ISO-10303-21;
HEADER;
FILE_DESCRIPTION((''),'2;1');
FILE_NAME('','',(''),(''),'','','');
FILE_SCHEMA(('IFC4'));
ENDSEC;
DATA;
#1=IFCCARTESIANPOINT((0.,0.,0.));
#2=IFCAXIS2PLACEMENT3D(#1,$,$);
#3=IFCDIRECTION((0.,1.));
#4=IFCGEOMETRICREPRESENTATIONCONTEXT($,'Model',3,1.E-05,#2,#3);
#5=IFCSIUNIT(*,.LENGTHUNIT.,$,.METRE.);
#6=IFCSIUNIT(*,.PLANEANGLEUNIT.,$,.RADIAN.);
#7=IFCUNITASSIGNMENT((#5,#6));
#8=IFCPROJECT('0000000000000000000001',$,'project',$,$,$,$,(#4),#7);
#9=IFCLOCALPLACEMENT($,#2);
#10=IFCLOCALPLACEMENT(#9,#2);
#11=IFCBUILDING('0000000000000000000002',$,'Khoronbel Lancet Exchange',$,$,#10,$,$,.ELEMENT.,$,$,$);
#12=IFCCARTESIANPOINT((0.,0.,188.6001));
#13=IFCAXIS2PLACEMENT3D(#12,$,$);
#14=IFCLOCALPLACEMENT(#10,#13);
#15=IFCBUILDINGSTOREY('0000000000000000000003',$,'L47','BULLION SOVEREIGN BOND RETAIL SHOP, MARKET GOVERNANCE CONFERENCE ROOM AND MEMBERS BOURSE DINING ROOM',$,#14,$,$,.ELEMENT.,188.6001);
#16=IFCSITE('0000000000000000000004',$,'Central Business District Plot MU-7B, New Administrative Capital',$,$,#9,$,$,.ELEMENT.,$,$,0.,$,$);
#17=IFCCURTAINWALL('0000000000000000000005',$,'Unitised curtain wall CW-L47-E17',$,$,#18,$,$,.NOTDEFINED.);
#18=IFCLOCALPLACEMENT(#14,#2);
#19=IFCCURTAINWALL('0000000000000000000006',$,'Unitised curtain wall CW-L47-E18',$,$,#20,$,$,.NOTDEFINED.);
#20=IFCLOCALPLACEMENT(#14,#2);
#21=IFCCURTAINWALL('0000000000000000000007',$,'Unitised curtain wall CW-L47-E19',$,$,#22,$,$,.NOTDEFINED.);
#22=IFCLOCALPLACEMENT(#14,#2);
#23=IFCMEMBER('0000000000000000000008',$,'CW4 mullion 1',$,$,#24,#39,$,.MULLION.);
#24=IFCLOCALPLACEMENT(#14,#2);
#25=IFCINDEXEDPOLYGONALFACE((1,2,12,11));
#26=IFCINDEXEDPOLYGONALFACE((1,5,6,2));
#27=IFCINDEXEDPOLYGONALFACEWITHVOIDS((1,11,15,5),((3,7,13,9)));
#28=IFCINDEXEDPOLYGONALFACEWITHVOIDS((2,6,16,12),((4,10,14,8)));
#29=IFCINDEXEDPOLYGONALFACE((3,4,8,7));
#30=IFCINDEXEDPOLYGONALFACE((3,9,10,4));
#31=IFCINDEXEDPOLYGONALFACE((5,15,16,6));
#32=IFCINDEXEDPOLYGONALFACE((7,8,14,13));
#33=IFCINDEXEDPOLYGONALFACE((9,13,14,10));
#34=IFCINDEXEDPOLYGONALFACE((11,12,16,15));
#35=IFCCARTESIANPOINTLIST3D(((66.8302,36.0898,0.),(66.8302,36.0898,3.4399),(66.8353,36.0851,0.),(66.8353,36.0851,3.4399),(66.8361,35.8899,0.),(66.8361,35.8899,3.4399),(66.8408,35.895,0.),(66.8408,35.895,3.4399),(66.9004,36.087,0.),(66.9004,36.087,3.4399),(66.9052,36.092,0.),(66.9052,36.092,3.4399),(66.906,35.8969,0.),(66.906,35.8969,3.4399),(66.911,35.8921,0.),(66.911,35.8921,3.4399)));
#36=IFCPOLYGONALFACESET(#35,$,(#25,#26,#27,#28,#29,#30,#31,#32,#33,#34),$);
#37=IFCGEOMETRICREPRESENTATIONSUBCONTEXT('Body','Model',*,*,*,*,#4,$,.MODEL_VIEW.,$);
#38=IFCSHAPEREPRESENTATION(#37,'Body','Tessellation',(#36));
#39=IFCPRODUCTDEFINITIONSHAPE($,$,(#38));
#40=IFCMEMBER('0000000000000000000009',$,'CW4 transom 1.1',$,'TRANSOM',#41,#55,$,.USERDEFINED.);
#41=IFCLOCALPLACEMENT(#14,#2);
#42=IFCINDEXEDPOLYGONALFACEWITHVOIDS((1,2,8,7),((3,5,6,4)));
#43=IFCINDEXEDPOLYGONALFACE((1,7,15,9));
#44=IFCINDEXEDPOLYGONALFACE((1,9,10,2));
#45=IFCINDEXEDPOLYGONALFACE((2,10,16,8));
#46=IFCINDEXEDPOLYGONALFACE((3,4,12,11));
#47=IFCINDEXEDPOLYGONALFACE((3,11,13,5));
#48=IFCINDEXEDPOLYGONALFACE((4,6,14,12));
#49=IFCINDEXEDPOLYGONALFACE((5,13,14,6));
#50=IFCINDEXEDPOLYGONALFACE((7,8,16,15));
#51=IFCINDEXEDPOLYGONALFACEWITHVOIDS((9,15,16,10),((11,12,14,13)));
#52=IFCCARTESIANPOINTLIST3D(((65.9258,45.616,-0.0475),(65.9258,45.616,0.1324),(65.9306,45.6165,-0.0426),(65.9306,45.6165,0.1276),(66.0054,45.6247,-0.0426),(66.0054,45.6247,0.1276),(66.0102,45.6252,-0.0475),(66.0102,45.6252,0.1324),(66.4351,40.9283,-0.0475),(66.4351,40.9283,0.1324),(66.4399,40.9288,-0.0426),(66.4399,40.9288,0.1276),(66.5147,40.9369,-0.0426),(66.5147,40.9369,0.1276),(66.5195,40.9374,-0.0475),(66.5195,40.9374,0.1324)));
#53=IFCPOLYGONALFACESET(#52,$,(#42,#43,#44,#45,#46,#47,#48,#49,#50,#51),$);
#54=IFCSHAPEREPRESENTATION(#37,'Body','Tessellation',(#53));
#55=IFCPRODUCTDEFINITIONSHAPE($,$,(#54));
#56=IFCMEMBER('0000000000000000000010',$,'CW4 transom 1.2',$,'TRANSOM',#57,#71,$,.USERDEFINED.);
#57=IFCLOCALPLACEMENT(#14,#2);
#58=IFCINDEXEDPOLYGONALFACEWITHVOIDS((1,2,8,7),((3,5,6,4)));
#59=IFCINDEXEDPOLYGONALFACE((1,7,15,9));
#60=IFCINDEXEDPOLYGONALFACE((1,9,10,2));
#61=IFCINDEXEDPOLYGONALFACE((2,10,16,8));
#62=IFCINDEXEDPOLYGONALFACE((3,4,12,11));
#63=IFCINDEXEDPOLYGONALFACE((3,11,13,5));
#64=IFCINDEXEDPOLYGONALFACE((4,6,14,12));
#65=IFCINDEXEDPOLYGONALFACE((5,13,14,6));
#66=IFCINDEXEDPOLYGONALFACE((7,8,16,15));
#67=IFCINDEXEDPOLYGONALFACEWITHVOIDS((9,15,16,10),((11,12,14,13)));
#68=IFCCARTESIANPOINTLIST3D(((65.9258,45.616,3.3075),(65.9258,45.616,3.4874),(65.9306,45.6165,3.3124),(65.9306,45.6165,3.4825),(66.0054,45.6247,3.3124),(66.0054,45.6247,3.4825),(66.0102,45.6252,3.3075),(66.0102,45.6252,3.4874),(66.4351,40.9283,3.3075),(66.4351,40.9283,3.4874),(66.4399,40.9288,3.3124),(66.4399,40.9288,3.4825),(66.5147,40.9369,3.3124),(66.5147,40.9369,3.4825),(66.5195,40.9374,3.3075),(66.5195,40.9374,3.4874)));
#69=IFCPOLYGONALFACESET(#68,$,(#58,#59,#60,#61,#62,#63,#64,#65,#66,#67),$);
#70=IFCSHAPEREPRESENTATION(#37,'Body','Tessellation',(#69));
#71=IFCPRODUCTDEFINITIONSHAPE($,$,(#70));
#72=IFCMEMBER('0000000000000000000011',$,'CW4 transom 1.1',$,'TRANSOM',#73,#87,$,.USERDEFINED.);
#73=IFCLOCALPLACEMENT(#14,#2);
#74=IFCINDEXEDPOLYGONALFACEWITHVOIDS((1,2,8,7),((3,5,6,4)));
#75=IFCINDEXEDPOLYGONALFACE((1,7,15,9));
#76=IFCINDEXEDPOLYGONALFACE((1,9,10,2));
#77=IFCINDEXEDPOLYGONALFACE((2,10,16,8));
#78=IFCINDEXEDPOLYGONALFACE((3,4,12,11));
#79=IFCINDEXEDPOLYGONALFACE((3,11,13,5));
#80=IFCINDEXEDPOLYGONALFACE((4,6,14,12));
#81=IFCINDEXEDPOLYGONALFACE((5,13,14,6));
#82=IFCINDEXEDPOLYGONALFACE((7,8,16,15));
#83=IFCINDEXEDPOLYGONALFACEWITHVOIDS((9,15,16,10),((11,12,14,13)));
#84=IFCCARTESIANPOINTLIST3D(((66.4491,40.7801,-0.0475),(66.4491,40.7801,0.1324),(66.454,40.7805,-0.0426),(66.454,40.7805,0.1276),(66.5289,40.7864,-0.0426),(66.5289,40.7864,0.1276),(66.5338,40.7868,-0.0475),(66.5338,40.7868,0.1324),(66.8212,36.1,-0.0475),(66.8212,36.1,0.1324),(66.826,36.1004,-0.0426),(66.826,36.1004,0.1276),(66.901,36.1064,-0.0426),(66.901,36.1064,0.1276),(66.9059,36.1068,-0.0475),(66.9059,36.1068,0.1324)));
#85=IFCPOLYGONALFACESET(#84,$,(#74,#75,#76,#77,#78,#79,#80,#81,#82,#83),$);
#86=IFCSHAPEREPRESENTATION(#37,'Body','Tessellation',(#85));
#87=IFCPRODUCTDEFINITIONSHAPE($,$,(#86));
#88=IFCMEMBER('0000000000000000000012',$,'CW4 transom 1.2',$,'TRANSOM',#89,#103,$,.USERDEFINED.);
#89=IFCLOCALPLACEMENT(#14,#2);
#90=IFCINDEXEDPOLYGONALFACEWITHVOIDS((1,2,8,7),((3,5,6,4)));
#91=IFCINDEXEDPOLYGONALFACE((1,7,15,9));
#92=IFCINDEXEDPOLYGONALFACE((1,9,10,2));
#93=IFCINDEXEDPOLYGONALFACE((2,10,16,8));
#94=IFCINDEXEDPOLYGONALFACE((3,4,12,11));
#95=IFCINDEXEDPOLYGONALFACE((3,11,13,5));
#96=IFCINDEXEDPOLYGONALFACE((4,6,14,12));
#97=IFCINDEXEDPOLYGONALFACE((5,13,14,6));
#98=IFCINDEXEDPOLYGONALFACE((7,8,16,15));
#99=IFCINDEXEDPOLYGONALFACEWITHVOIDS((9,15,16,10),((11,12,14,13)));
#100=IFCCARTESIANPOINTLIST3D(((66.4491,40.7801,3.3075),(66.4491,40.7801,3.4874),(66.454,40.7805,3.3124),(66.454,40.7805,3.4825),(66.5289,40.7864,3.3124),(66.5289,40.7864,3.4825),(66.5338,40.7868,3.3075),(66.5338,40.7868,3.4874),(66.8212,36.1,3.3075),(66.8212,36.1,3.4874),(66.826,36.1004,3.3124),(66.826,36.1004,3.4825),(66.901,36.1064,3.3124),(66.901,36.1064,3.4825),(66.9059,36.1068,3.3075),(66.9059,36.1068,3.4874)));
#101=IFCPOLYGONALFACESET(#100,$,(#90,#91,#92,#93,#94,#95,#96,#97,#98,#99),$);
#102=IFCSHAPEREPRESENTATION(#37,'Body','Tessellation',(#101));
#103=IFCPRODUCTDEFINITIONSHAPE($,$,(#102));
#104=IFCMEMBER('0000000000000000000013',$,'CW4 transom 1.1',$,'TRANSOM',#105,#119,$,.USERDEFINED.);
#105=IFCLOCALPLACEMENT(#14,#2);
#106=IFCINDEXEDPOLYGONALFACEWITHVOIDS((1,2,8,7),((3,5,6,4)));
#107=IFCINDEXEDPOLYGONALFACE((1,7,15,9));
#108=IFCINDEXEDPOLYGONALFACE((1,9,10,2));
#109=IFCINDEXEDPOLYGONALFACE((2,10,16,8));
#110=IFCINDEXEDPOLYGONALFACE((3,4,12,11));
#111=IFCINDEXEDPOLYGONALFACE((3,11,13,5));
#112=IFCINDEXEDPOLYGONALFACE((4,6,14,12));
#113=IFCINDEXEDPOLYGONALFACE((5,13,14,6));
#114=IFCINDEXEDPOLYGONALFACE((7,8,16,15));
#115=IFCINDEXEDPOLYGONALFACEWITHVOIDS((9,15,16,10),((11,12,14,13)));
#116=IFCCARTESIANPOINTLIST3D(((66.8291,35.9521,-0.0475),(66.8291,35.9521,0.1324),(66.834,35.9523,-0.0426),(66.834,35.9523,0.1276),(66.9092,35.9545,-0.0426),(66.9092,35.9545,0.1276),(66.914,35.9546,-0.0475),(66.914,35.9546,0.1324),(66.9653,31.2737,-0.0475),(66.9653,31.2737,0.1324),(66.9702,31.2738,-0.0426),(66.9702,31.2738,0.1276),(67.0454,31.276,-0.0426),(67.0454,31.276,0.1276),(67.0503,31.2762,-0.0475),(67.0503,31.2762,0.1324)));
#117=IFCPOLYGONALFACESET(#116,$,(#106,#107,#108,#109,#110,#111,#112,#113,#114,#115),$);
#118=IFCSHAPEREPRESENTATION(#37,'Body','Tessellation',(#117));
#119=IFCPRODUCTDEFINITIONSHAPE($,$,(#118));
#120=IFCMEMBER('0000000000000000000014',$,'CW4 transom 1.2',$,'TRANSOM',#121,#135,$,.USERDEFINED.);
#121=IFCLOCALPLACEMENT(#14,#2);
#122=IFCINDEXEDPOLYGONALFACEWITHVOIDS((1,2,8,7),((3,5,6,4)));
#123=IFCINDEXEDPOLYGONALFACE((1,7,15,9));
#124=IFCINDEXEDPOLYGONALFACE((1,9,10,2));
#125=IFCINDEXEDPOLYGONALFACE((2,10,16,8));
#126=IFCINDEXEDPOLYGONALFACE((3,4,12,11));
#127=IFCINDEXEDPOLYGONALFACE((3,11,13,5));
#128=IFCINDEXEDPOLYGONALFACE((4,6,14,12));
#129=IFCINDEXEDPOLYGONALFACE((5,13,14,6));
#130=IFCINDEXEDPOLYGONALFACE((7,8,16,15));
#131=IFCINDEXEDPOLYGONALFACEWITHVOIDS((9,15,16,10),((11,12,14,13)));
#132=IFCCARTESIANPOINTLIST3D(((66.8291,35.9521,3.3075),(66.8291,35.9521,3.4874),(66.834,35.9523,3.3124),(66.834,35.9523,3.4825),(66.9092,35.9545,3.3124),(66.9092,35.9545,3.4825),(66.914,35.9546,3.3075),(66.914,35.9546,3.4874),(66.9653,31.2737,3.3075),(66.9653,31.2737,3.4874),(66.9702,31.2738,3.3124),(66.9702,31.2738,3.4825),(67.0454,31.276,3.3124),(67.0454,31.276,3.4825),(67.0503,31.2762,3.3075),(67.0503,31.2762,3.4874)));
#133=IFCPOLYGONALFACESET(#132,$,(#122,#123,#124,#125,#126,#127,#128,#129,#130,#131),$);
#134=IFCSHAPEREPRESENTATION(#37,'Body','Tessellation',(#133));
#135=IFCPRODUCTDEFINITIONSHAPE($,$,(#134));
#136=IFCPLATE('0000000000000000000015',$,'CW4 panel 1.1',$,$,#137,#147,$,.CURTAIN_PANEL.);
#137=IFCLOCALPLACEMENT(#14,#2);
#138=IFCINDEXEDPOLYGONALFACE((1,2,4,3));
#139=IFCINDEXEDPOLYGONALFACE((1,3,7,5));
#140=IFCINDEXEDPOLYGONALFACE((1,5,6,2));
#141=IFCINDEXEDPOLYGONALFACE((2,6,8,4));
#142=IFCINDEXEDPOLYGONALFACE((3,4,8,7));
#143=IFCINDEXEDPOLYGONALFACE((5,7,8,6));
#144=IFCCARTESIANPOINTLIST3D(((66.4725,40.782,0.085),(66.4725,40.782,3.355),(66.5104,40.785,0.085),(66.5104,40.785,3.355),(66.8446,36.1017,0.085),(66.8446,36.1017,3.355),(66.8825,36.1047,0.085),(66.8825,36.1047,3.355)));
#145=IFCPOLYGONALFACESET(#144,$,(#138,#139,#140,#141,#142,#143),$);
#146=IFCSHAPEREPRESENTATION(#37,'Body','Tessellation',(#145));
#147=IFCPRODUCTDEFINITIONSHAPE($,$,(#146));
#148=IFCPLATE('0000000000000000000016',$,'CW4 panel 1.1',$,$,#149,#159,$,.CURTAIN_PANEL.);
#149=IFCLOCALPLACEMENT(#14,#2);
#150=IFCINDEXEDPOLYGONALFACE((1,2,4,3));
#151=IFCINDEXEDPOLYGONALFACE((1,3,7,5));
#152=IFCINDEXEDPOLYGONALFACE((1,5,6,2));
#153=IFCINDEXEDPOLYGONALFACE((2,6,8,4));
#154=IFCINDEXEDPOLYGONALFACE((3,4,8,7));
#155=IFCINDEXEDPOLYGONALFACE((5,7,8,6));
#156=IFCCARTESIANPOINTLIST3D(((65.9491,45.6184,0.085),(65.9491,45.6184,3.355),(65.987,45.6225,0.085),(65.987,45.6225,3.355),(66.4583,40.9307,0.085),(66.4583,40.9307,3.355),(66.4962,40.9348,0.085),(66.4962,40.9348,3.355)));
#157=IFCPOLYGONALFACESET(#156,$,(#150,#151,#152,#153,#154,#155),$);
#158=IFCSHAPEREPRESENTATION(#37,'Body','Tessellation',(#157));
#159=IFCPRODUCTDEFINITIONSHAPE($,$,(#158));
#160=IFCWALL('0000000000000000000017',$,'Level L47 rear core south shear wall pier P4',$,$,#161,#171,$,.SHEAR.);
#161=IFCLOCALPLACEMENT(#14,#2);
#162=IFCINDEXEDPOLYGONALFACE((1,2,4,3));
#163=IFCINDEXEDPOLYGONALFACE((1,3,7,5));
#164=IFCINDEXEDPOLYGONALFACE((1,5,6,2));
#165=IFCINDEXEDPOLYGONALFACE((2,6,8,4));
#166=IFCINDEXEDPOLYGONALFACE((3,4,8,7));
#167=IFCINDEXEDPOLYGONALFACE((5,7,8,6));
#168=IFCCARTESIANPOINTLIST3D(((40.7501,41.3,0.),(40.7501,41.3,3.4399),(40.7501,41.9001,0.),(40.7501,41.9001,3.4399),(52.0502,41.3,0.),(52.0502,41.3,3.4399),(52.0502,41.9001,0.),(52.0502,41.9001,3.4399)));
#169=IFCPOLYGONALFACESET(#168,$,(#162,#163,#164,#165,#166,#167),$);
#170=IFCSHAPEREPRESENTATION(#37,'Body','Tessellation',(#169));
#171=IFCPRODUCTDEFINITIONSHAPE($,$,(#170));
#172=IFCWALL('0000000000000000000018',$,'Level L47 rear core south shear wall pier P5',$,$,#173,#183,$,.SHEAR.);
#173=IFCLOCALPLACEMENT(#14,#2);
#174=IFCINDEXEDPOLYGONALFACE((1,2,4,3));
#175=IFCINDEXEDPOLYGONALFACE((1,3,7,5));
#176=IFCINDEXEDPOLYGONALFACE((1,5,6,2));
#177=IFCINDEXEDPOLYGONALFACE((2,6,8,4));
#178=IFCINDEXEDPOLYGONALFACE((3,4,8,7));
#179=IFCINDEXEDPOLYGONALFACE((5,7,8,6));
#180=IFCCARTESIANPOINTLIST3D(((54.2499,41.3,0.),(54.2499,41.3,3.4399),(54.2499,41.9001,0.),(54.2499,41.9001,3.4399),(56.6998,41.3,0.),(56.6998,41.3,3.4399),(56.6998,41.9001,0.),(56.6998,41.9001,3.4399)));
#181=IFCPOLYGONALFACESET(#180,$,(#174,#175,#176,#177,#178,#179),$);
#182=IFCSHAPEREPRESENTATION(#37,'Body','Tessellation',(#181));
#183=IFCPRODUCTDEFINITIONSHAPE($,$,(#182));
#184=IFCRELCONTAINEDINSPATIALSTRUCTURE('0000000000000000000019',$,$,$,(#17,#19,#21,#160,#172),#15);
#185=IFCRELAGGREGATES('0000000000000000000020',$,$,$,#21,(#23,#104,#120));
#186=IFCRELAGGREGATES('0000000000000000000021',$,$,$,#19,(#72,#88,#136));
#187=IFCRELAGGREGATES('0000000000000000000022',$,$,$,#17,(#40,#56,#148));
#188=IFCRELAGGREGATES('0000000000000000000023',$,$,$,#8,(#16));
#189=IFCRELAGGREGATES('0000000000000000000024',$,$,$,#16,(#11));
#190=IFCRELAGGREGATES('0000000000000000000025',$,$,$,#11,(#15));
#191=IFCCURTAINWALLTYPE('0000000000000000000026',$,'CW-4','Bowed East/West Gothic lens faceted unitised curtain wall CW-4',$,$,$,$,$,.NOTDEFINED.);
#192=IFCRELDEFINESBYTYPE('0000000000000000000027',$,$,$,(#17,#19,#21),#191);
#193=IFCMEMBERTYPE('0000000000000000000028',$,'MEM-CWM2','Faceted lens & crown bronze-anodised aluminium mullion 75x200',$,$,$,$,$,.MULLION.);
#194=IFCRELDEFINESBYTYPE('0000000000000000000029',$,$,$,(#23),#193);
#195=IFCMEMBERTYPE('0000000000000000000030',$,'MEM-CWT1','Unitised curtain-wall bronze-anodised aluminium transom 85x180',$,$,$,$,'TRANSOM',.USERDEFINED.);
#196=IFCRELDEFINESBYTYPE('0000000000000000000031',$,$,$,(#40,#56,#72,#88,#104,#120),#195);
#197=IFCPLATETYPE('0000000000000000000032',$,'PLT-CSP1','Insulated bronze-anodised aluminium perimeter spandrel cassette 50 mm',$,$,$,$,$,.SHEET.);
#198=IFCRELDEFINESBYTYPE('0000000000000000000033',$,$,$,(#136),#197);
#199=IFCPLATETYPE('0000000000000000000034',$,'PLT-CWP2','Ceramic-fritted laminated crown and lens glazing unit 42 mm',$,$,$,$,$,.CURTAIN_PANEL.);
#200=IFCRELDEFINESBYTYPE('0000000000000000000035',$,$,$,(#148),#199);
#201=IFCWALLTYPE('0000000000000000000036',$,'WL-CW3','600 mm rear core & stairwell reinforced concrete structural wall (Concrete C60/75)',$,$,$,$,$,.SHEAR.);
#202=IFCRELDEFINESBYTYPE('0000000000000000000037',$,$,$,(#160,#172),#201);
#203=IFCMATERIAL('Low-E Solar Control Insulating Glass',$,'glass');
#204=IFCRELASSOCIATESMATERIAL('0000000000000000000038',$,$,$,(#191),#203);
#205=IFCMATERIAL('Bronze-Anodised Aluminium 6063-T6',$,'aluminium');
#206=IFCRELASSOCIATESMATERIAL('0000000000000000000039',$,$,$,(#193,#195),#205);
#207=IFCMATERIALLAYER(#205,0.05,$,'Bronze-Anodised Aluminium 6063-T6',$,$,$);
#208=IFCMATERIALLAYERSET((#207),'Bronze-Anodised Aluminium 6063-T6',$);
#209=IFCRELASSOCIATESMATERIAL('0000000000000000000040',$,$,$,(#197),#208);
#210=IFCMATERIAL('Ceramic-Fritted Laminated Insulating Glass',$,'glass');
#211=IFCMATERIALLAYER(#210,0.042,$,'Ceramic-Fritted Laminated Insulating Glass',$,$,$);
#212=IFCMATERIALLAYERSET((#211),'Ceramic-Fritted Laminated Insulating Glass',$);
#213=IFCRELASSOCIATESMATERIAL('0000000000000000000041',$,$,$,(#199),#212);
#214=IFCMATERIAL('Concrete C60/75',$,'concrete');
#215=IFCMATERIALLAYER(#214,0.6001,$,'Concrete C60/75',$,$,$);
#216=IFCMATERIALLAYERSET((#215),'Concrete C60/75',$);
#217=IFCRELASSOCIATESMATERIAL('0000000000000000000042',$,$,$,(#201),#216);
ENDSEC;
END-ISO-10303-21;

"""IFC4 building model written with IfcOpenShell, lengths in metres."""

from ifc_helpers import new_model, si_unit, direction, frame, frame_2d, origin, origin_2d, place, context, subcontext, project, spatial, rectangle, hollow_rectangle, extrude, material, layer, layer_set, material_profile, profile_set, type_object, element, aggregate, save


model = new_model("IFC4")

# Units and contexts
model_context = context("Model", 3, precision=1e-05, world=origin(), true_north=direction((0.0, 1.0)))
body_context = subcontext(model_context, "Body", "Model", "MODEL_VIEW")
ifc_project = project(units=[si_unit("LENGTHUNIT", "METRE"), si_unit("PLANEANGLEUNIT", "RADIAN")], contexts=[model_context])

# Site, building, storey
site_placement = place(None, origin())
site = spatial("IfcSite", under=ifc_project, at=site_placement, Name="Central Business District Plot MU-7B, New Administrative Capital", CompositionType="ELEMENT", RefElevation=0.0)
building_placement = place(site_placement, origin())
building = spatial("IfcBuilding", under=site, at=building_placement, Name="Khoronbel Lancet Exchange", CompositionType="ELEMENT")
storey_placement = place(building_placement, frame((0.0, 0.0, 188.6001)))
storey = spatial("IfcBuildingStorey", under=building, at=storey_placement, Name="L47", Description="BULLION SOVEREIGN BOND RETAIL SHOP, MARKET GOVERNANCE CONFERENCE ROOM AND MEMBERS BOURSE DINING ROOM", CompositionType="ELEMENT", Elevation=188.6001)

# Shared definitions
ifc_material_1 = material(Name="Concrete C60/75", Category="concrete")

# Curtain walls
ifc_material_2 = material(Name="Low-E Solar Control Insulating Glass", Category="glass")
curtain_wall_type = type_object("IfcCurtainWallType", Name="CW-4", Description="Bowed East/West Gothic lens faceted unitised curtain wall CW-4", PredefinedType="NOTDEFINED", material=ifc_material_2)
curtain_wall_1_placement = place(storey_placement, origin())
curtain_wall_1 = element("IfcCurtainWall", 1, at=curtain_wall_1_placement, inside=storey, type_object=curtain_wall_type, Name="Unitised curtain wall CW-L47-E17", PredefinedType="NOTDEFINED")
ifc_material_3 = material(Name="Bronze-Anodised Aluminium 6063-T6", Category="aluminium")
ifc_material_profile_1 = material_profile(ifc_material_3, hollow_rectangle(XDim=0.075, YDim=0.2, WallThickness=0.0049, at=origin_2d()), Name="ALU MULLION 75x200")
ifc_profile_set_1 = profile_set([ifc_material_profile_1], Name="Bronze-Anodised Aluminium 6063-T6")
member_type_1 = type_object("IfcMemberType", Name="MEM-CWM2", Description="Faceted lens & crown bronze-anodised aluminium mullion 75x200", PredefinedType="MULLION", material=ifc_profile_set_1)
curtain_wall_2_placement = place(storey_placement, origin())
curtain_wall_2 = element("IfcCurtainWall", 2, at=curtain_wall_2_placement, inside=storey, type_object=curtain_wall_type, Name="Unitised curtain wall CW-L47-E18", PredefinedType="NOTDEFINED")

# Curtain wall, member
curtain_wall_3_placement = place(storey_placement, origin())
curtain_wall_3 = element("IfcCurtainWall", 3, at=curtain_wall_3_placement, inside=storey, type_object=curtain_wall_type, Name="Unitised curtain wall CW-L47-E19", PredefinedType="NOTDEFINED")
member_1_placement = place(storey_placement, frame((66.8706, 35.991, 0.0), z_axis=(0.0, 0.0, 1.0), x_axis=(0.999576, 0.029107, 0.0)))
member_1 = element("IfcMember", 4, at=member_1_placement, type_object=member_type_1, Name="CW4 mullion 1", PredefinedType="MULLION", context=body_context, shape_type="SweptSolid", body=[
    extrude(hollow_rectangle(XDim=0.075, YDim=0.2, WallThickness=0.0049, at=origin_2d()), origin(), (0.0, 0.0, 1.0), 3.4399),
])

# Members
ifc_material_profile_2 = material_profile(ifc_material_3, hollow_rectangle(XDim=0.085, YDim=0.1799, WallThickness=0.0049, at=origin_2d()), Name="ALU TRANSOM 85x180")
ifc_profile_set_2 = profile_set([ifc_material_profile_2], Name="Bronze-Anodised Aluminium 6063-T6")
member_type_2 = type_object("IfcMemberType", Name="MEM-CWT1", Description="Unitised curtain-wall bronze-anodised aluminium transom 85x180", ElementType="TRANSOM", PredefinedType="USERDEFINED", material=ifc_profile_set_2)
member_2_placement = place(storey_placement, frame((65.968, 45.6206, 0.0425), z_axis=(0.108005, -0.99415, 0.0), x_axis=(0.99415, 0.108005, 0.0)))
member_2 = element("IfcMember", 5, at=member_2_placement, type_object=member_type_2, Name="CW4 transom 1.1", ObjectType="TRANSOM", PredefinedType="USERDEFINED", context=body_context, shape_type="SweptSolid", body=[
    extrude(hollow_rectangle(XDim=0.085, YDim=0.1799, WallThickness=0.0049, at=origin_2d()), origin(), (0.0, 0.0, 1.0), 4.7153),
])
member_3_placement = place(storey_placement, frame((65.968, 45.6206, 3.3975), z_axis=(0.108005, -0.99415, 0.0), x_axis=(0.99415, 0.108005, 0.0)))
member_3 = element("IfcMember", 6, at=member_3_placement, type_object=member_type_2, Name="CW4 transom 1.2", ObjectType="TRANSOM", PredefinedType="USERDEFINED", context=body_context, shape_type="SweptSolid", body=[
    extrude(hollow_rectangle(XDim=0.085, YDim=0.1799, WallThickness=0.0049, at=origin_2d()), origin(), (0.0, 0.0, 1.0), 4.7153),
])
member_4_placement = place(storey_placement, frame((66.4915, 40.7834, 0.0425), z_axis=(0.079249, -0.996855, 0.0), x_axis=(0.996855, 0.079249, 0.0)))
member_4 = element("IfcMember", 7, at=member_4_placement, type_object=member_type_2, Name="CW4 transom 1.1", ObjectType="TRANSOM", PredefinedType="USERDEFINED", context=body_context, shape_type="SweptSolid", body=[
    extrude(hollow_rectangle(XDim=0.085, YDim=0.1799, WallThickness=0.0049, at=origin_2d()), origin(), (0.0, 0.0, 1.0), 4.6948),
])
member_5_placement = place(storey_placement, frame((66.4915, 40.7834, 3.3975), z_axis=(0.079249, -0.996855, 0.0), x_axis=(0.996855, 0.079249, 0.0)))
member_5 = element("IfcMember", 8, at=member_5_placement, type_object=member_type_2, Name="CW4 transom 1.2", ObjectType="TRANSOM", PredefinedType="USERDEFINED", context=body_context, shape_type="SweptSolid", body=[
    extrude(hollow_rectangle(XDim=0.085, YDim=0.1799, WallThickness=0.0049, at=origin_2d()), origin(), (0.0, 0.0, 1.0), 4.6948),
])
member_6_placement = place(storey_placement, frame((66.8716, 35.9534, 0.0425), z_axis=(0.029106, -0.999576, 0.0), x_axis=(0.999576, 0.029106, 0.0)))
member_6 = element("IfcMember", 9, at=member_6_placement, type_object=member_type_2, Name="CW4 transom 1.1", ObjectType="TRANSOM", PredefinedType="USERDEFINED", context=body_context, shape_type="SweptSolid", body=[
    extrude(hollow_rectangle(XDim=0.085, YDim=0.1799, WallThickness=0.0049, at=origin_2d()), origin(), (0.0, 0.0, 1.0), 4.6804),
])
member_7_placement = place(storey_placement, frame((66.8716, 35.9534, 3.3975), z_axis=(0.029106, -0.999576, 0.0), x_axis=(0.999576, 0.029106, 0.0)))
member_7 = element("IfcMember", 10, at=member_7_placement, type_object=member_type_2, Name="CW4 transom 1.2", ObjectType="TRANSOM", PredefinedType="USERDEFINED", context=body_context, shape_type="SweptSolid", body=[
    extrude(hollow_rectangle(XDim=0.085, YDim=0.1799, WallThickness=0.0049, at=origin_2d()), origin(), (0.0, 0.0, 1.0), 4.6804),
])
aggregate(curtain_wall_3, [member_1, member_6, member_7])

# Plates
ifc_layer_1 = layer(ifc_material_3, 0.05, Name="Bronze-Anodised Aluminium 6063-T6")
ifc_layer_set_1 = layer_set([ifc_layer_1], Name="Bronze-Anodised Aluminium 6063-T6")
plate_type_1 = type_object("IfcPlateType", Name="PLT-CSP1", Description="Insulated bronze-anodised aluminium perimeter spandrel cassette 50 mm", PredefinedType="SHEET", material=ifc_layer_set_1)
plate_1_placement = place(storey_placement, frame((66.6775, 38.4434, 0.085), z_axis=(0.0, 0.0, 1.0), x_axis=(0.079255, -0.996854, 0.0)))
plate_1 = element("IfcPlate", 11, at=plate_1_placement, type_object=plate_type_1, Name="CW4 panel 1.1", PredefinedType="CURTAIN_PANEL", context=body_context, shape_type="SweptSolid", body=[
    extrude(rectangle(XDim=4.6951, YDim=0.0381, at=origin_2d()), origin(), (0.0, 0.0, 1.0), 3.27),
])
aggregate(curtain_wall_2, [member_4, member_5, plate_1])
ifc_material_4 = material(Name="Ceramic-Fritted Laminated Insulating Glass", Category="glass")
ifc_layer_2 = layer(ifc_material_4, 0.042, Name="Ceramic-Fritted Laminated Insulating Glass")
ifc_layer_set_2 = layer_set([ifc_layer_2], Name="Ceramic-Fritted Laminated Insulating Glass")
plate_type_2 = type_object("IfcPlateType", Name="PLT-CWP2", Description="Ceramic-fritted laminated crown and lens glazing unit 42 mm", PredefinedType="CURTAIN_PANEL", material=ifc_layer_set_2)
plate_2_placement = place(storey_placement, frame((66.2227, 43.2766, 0.085), z_axis=(0.0, 0.0, 1.0), x_axis=(0.10799, -0.994152, 0.0)))
plate_2 = element("IfcPlate", 12, at=plate_2_placement, type_object=plate_type_2, Name="CW4 panel 1.1", PredefinedType="CURTAIN_PANEL", context=body_context, shape_type="SweptSolid", body=[
    extrude(rectangle(XDim=4.7153, YDim=0.0381, at=origin_2d()), origin(), (0.0, 0.0, 1.0), 3.27),
])
aggregate(curtain_wall_1, [member_2, member_3, plate_2])

# Walls
ifc_layer_3 = layer(ifc_material_1, 0.6001, Name="Concrete C60/75")
ifc_layer_set_3 = layer_set([ifc_layer_3], Name="Concrete C60/75")
wall_type_1 = type_object("IfcWallType", Name="WL-CW3", Description="600 mm rear core & stairwell reinforced concrete structural wall (Concrete C60/75)", PredefinedType="SHEAR", material=ifc_layer_set_3)
wall_1_placement = place(storey_placement, frame((52.05, 41.6001, 0.0), z_axis=(0.0, 0.0, 1.0), x_axis=(-1.0, 0.0, 0.0)))
element("IfcWall", 13, at=wall_1_placement, inside=storey, type_object=wall_type_1, Name="Level L47 rear core south shear wall pier P4", PredefinedType="SHEAR", context=body_context, shape_type="SweptSolid", body=[
    extrude(rectangle(XDim=11.3, YDim=0.6001, at=frame_2d((5.6499, 0.0))), origin(), (0.0, 0.0, 1.0), 3.4399),
])
wall_2_placement = place(storey_placement, frame((56.7, 41.6001, 0.0), z_axis=(0.0, 0.0, 1.0), x_axis=(-1.0, 0.0, 0.0)))
element("IfcWall", 14, at=wall_2_placement, inside=storey, type_object=wall_type_1, Name="Level L47 rear core south shear wall pier P5", PredefinedType="SHEAR", context=body_context, shape_type="SweptSolid", body=[
    extrude(rectangle(XDim=2.45, YDim=0.6001, at=frame_2d((1.2251, 0.0))), origin(), (0.0, 0.0, 1.0), 3.4399),
])

save(model, "model.ifc")
